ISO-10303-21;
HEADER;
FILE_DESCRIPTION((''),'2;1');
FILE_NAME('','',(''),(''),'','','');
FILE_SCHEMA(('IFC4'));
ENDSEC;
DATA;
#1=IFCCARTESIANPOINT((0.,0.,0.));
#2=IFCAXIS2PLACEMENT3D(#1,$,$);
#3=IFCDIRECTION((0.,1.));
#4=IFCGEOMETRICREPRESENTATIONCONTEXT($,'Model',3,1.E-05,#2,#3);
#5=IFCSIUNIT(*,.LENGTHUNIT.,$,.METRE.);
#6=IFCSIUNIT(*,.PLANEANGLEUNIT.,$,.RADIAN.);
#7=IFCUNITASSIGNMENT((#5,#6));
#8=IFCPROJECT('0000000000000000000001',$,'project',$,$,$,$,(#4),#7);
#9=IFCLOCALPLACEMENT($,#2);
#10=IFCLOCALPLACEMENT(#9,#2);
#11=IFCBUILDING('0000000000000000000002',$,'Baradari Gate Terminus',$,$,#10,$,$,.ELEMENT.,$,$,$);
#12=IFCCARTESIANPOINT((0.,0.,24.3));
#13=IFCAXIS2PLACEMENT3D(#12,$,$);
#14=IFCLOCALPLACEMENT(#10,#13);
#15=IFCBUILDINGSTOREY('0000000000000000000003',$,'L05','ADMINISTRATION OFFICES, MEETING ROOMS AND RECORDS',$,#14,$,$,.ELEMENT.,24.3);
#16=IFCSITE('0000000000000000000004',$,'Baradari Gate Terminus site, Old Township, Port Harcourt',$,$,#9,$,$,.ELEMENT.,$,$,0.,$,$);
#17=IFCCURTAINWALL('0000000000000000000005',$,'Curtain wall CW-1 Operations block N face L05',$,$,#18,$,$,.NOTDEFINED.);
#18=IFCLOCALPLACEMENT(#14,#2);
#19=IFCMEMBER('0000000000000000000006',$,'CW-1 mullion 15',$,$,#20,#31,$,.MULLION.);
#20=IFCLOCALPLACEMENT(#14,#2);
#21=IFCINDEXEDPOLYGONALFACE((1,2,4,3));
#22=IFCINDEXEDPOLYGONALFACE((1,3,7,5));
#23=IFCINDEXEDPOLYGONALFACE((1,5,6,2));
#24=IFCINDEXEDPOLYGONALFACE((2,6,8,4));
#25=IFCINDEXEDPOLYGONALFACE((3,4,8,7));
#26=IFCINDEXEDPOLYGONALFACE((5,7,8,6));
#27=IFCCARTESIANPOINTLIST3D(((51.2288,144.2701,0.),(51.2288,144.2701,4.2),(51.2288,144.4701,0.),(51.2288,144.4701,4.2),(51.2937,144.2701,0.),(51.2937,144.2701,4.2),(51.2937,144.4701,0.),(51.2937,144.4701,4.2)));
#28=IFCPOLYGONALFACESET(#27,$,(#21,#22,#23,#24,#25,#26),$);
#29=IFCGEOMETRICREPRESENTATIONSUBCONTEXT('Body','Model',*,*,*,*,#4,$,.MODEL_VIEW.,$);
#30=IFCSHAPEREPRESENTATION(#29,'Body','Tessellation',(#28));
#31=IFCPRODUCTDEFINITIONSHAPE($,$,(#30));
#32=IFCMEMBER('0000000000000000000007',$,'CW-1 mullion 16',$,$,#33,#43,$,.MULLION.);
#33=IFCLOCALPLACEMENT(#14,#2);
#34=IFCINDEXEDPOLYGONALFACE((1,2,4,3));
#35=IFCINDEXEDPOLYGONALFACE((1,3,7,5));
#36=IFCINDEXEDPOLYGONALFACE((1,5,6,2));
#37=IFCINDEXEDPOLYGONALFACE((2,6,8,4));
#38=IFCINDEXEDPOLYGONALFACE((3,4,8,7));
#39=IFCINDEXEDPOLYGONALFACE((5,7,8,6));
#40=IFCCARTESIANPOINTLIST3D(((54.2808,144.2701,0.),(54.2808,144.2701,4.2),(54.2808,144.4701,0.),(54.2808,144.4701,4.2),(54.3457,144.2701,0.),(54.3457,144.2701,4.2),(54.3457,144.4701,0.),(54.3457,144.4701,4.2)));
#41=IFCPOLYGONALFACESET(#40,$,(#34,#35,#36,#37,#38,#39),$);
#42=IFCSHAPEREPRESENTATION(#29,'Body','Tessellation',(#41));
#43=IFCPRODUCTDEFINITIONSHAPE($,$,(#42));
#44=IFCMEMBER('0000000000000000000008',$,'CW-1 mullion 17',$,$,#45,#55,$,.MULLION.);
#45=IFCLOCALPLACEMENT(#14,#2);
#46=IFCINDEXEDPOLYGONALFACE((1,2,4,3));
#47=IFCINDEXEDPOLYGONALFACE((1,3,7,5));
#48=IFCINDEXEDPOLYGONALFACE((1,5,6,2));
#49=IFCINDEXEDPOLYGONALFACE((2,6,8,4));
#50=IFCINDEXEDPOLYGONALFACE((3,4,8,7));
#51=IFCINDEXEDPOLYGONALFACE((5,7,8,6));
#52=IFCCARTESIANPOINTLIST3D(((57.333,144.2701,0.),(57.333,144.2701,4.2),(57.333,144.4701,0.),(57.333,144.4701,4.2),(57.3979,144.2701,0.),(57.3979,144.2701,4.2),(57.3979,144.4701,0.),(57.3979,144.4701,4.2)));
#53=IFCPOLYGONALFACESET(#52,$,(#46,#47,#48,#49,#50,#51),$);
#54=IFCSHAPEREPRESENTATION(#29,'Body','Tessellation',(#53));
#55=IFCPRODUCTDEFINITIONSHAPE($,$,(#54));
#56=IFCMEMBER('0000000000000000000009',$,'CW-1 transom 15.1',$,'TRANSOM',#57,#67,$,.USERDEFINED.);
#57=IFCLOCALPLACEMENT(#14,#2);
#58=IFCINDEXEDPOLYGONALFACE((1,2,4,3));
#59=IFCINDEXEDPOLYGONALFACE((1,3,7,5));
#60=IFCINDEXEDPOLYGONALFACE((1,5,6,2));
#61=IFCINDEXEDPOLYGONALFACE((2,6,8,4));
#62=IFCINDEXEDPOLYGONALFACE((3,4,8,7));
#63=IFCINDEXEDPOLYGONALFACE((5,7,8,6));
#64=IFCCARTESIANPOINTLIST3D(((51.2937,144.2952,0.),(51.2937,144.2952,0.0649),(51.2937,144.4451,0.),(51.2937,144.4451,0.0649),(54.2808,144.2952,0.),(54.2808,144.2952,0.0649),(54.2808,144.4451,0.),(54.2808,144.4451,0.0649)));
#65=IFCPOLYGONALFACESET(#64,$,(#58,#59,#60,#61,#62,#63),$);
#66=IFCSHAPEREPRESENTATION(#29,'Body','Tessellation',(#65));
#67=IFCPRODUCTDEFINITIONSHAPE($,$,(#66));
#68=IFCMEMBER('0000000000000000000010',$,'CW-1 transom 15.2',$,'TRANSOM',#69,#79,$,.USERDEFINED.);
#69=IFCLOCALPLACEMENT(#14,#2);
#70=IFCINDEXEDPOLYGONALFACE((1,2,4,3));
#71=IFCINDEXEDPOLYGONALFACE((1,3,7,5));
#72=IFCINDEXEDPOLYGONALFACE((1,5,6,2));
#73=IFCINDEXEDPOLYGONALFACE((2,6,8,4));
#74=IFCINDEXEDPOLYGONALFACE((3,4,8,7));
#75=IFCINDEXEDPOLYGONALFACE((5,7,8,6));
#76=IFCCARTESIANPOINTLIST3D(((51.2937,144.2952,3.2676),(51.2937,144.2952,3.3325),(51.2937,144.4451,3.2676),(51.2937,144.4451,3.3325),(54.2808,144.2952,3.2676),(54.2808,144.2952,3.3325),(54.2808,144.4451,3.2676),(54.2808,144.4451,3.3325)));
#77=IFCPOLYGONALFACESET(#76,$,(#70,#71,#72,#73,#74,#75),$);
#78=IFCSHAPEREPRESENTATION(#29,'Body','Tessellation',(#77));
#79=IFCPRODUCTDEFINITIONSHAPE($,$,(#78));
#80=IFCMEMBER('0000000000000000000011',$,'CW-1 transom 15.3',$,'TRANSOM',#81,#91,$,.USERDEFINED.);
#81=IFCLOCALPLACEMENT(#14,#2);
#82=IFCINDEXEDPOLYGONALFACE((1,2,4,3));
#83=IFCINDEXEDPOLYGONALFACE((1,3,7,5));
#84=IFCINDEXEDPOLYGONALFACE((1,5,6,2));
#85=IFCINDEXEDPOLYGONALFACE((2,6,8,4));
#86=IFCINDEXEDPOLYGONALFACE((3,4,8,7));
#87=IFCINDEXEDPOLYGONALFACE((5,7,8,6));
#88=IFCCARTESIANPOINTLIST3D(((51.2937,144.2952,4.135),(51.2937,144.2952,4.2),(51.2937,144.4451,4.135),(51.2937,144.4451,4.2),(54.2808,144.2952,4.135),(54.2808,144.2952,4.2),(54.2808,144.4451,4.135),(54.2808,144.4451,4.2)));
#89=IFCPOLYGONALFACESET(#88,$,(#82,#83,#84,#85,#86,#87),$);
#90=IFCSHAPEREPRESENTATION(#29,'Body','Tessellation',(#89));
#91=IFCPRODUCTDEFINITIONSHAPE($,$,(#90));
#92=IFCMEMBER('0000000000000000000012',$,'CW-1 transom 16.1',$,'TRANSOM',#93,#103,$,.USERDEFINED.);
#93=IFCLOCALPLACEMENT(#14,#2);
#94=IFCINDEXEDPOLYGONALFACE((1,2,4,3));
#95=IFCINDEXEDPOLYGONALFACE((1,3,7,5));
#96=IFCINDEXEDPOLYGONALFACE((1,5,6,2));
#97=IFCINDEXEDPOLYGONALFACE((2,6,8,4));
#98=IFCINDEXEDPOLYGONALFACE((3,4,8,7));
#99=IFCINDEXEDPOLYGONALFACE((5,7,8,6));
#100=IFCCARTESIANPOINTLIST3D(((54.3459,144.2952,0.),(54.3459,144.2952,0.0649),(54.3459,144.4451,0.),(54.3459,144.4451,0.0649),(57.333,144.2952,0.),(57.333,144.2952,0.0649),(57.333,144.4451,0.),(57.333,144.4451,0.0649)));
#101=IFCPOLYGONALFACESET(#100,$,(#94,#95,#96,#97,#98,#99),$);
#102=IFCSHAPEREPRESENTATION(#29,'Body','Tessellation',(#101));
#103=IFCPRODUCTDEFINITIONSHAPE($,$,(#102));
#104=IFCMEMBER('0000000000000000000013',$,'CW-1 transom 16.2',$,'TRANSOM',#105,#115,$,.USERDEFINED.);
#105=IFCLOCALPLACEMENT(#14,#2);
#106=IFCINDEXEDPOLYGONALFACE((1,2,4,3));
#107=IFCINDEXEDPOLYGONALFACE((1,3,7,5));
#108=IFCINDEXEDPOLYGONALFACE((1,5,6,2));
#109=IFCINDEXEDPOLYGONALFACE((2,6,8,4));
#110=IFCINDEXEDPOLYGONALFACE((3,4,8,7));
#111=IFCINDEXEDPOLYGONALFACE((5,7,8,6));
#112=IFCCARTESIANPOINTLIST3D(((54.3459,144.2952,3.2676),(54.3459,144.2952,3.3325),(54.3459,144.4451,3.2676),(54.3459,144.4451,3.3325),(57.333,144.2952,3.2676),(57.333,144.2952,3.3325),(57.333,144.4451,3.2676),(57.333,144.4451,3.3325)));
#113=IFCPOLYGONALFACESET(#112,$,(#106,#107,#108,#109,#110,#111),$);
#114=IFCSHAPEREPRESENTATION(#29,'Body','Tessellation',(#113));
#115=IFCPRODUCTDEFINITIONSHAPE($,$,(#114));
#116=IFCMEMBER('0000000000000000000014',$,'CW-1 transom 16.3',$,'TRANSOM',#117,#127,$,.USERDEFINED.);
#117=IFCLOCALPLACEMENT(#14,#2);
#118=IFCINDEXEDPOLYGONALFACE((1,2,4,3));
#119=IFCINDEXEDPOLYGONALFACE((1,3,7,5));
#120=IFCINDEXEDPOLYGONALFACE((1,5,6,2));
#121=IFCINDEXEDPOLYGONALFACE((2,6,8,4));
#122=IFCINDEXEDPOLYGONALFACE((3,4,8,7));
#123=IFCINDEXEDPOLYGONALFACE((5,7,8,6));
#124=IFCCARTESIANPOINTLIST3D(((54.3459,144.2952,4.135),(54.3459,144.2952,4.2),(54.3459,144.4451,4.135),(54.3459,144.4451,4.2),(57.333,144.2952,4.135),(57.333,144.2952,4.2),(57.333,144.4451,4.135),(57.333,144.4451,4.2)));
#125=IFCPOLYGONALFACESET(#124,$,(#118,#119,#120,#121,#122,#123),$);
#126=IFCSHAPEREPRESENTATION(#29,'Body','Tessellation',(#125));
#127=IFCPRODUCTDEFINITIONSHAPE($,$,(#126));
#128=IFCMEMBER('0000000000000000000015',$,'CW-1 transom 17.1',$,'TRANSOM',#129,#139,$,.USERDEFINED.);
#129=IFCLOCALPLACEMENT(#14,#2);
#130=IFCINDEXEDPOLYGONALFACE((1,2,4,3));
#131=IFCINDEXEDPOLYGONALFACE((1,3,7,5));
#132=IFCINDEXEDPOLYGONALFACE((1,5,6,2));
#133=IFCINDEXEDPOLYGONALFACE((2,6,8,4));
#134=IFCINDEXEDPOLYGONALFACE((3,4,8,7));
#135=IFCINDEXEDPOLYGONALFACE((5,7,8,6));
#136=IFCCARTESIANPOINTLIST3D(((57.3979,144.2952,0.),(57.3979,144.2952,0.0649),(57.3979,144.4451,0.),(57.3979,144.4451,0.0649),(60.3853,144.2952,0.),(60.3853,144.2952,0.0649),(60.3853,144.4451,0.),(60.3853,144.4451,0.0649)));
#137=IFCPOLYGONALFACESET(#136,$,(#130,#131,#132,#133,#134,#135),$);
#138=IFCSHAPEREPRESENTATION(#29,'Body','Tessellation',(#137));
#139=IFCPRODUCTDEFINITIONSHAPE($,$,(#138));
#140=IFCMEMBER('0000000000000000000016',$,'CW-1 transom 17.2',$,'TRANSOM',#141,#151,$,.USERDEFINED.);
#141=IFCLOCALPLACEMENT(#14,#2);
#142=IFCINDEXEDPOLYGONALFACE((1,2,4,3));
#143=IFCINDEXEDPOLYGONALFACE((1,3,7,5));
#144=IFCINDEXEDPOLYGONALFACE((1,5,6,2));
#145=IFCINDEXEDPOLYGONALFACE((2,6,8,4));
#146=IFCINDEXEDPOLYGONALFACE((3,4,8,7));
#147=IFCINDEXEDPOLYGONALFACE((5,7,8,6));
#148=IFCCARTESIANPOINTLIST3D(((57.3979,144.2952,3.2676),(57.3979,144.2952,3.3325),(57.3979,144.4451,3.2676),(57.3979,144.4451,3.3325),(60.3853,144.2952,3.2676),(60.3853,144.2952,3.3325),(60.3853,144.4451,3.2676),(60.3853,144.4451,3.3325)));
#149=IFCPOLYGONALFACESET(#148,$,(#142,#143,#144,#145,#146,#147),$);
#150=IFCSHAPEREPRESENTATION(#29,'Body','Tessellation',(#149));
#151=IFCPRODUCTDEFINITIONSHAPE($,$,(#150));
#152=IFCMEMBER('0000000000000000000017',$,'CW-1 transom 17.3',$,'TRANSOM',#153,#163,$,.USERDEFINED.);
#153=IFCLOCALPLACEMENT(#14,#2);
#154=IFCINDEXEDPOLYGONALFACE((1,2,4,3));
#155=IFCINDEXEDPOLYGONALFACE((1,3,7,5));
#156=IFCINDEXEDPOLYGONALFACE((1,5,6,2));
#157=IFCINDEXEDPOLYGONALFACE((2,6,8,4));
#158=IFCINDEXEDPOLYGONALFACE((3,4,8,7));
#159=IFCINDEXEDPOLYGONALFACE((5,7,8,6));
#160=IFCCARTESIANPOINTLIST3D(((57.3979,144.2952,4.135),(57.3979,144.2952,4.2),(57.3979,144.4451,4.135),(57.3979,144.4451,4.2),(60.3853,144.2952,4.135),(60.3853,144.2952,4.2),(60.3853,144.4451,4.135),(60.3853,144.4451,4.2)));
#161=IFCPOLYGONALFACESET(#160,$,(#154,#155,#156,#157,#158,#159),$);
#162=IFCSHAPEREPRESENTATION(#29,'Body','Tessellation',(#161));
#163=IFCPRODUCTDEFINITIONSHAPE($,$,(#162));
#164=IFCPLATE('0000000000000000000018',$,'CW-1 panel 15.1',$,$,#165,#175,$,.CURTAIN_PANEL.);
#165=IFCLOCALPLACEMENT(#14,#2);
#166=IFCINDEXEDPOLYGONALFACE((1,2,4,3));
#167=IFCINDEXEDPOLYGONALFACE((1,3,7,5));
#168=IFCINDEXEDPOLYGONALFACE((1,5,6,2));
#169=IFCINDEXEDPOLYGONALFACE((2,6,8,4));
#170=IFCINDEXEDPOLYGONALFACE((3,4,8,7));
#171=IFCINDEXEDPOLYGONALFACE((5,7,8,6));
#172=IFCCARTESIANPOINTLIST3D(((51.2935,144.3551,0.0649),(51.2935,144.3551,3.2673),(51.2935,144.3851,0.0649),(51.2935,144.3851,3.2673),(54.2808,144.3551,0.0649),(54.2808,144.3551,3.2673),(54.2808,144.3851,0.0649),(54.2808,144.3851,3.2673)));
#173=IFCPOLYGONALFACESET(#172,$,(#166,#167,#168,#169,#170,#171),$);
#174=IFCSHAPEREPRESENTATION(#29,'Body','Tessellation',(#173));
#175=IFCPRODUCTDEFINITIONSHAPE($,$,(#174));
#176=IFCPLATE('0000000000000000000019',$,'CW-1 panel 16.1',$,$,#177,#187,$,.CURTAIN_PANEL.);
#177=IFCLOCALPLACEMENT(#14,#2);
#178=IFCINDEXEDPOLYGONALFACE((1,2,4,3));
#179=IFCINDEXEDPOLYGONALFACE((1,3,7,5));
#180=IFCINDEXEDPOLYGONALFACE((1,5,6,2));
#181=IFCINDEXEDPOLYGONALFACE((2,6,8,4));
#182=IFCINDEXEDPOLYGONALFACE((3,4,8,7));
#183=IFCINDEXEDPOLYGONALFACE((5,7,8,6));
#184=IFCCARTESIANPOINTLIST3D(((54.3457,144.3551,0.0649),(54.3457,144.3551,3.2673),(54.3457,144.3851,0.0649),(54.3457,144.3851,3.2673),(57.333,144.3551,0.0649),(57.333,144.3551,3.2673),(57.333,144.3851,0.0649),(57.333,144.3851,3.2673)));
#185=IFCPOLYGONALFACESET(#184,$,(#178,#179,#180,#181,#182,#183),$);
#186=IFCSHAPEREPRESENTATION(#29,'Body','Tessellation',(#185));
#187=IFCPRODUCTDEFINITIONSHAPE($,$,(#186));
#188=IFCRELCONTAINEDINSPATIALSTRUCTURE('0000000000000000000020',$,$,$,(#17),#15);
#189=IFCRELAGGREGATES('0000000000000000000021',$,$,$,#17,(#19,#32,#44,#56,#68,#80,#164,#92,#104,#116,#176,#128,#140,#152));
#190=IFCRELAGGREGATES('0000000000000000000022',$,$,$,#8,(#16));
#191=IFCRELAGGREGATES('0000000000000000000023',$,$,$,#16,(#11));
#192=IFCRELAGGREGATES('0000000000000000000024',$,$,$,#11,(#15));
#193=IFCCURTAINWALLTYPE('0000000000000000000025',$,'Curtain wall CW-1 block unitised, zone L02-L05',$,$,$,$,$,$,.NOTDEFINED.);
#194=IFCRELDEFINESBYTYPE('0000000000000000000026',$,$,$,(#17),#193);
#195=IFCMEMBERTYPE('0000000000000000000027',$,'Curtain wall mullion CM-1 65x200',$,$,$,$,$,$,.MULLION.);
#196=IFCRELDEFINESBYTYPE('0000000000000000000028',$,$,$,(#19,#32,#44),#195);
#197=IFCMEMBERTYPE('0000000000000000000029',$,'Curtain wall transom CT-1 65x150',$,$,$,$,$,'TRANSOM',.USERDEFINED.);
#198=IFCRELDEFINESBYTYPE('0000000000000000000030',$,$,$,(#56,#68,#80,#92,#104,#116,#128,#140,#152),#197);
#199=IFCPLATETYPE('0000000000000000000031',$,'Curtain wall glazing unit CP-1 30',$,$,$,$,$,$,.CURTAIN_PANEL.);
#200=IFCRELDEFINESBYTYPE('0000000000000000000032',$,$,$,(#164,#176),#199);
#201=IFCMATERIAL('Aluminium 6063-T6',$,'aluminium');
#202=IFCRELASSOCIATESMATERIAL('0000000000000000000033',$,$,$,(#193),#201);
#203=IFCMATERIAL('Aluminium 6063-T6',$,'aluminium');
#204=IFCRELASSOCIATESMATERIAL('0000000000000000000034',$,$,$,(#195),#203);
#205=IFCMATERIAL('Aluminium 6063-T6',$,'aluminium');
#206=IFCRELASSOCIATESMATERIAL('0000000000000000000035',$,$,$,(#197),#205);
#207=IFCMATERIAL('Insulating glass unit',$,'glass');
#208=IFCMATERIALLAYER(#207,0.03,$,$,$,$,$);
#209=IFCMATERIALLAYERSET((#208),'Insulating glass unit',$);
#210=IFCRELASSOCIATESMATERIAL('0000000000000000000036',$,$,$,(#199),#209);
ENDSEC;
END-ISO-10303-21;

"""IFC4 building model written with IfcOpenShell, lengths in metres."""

from ifc_helpers import new_model, si_unit, direction, frame, origin, origin_2d, place, context, subcontext, project, spatial, rectangle, extrude, material, layer, layer_set, material_profile, profile_set, type_object, element, aggregate, save


model = new_model("IFC4")

# Units and contexts
model_context = context("Model", 3, precision=1e-05, world=origin(), true_north=direction((0.0, 1.0)))
body_context = subcontext(model_context, "Body", "Model", "MODEL_VIEW")
ifc_project = project(units=[si_unit("LENGTHUNIT", "METRE"), si_unit("PLANEANGLEUNIT", "RADIAN")], contexts=[model_context])

# Site, building, storey
site_placement = place(None, origin())
site = spatial("IfcSite", under=ifc_project, at=site_placement, Name="Baradari Gate Terminus site, Old Township, Port Harcourt", CompositionType="ELEMENT", RefElevation=0.0)
building_placement = place(site_placement, origin())
building = spatial("IfcBuilding", under=site, at=building_placement, Name="Baradari Gate Terminus", CompositionType="ELEMENT")
storey_placement = place(building_placement, frame((0.0, 0.0, 24.3)))
storey = spatial("IfcBuildingStorey", under=building, at=storey_placement, Name="L05", Description="ADMINISTRATION OFFICES, MEETING ROOMS AND RECORDS", CompositionType="ELEMENT", Elevation=24.3)

# Curtain wall, members, plates
ifc_material_1 = material(Name="Aluminium 6063-T6", Category="aluminium")
curtain_wall_type = type_object("IfcCurtainWallType", Name="Curtain wall CW-1 block unitised, zone L02-L05", PredefinedType="NOTDEFINED", material=ifc_material_1)
curtain_wall_placement = place(storey_placement, origin())
curtain_wall = element("IfcCurtainWall", 1, at=curtain_wall_placement, inside=storey, type_object=curtain_wall_type, Name="Curtain wall CW-1 Operations block N face L05", PredefinedType="NOTDEFINED")
ifc_material_2 = material(Name="Aluminium 6063-T6", Category="aluminium")
ifc_material_profile_1 = material_profile(ifc_material_2, rectangle(XDim=0.2, YDim=0.0649, at=origin_2d()), Name="CM-1 65X200")
ifc_profile_set_1 = profile_set([ifc_material_profile_1], Name="Aluminium 6063-T6")
member_type_1 = type_object("IfcMemberType", Name="Curtain wall mullion CM-1 65x200", PredefinedType="MULLION", material=ifc_profile_set_1)
member_1_placement = place(storey_placement, frame((51.2612, 144.3701, 0.0), z_axis=(0.0, 0.0, 1.0), x_axis=(0.0, 1.0, 0.0)))
member_1 = element("IfcMember", 2, at=member_1_placement, type_object=member_type_1, Name="CW-1 mullion 15", PredefinedType="MULLION", context=body_context, shape_type="SweptSolid", body=[
    extrude(rectangle(XDim=0.2, YDim=0.0649, at=origin_2d()), origin(), (0.0, 0.0, 1.0), 4.2),
])
member_2_placement = place(storey_placement, frame((54.3132, 144.3701, 0.0), z_axis=(0.0, 0.0, 1.0), x_axis=(0.0, 1.0, 0.0)))
member_2 = element("IfcMember", 3, at=member_2_placement, type_object=member_type_1, Name="CW-1 mullion 16", PredefinedType="MULLION", context=body_context, shape_type="SweptSolid", body=[
    extrude(rectangle(XDim=0.2, YDim=0.0649, at=origin_2d()), origin(), (0.0, 0.0, 1.0), 4.2),
])
member_3_placement = place(storey_placement, frame((57.3655, 144.3701, 0.0), z_axis=(0.0, 0.0, 1.0), x_axis=(0.0, 1.0, 0.0)))
member_3 = element("IfcMember", 4, at=member_3_placement, type_object=member_type_1, Name="CW-1 mullion 17", PredefinedType="MULLION", context=body_context, shape_type="SweptSolid", body=[
    extrude(rectangle(XDim=0.2, YDim=0.0649, at=origin_2d()), origin(), (0.0, 0.0, 1.0), 4.2),
])
ifc_material_3 = material(Name="Aluminium 6063-T6", Category="aluminium")
ifc_material_profile_2 = material_profile(ifc_material_3, rectangle(XDim=0.1499, YDim=0.0649, at=origin_2d()), Name="CT-1 65X150")
ifc_profile_set_2 = profile_set([ifc_material_profile_2], Name="Aluminium 6063-T6")
member_type_2 = type_object("IfcMemberType", Name="Curtain wall transom CT-1 65x150", ElementType="TRANSOM", PredefinedType="USERDEFINED", material=ifc_profile_set_2)
member_4_placement = place(storey_placement, frame((51.2937, 144.3701, 0.0325), z_axis=(1.0, 0.0, 0.0), x_axis=(0.0, 1.0, 0.0)))
member_4 = element("IfcMember", 5, at=member_4_placement, type_object=member_type_2, Name="CW-1 transom 15.1", ObjectType="TRANSOM", PredefinedType="USERDEFINED", context=body_context, shape_type="SweptSolid", body=[
    extrude(rectangle(XDim=0.1499, YDim=0.0649, at=origin_2d()), origin(), (0.0, 0.0, 1.0), 2.9871),
])
member_5_placement = place(storey_placement, frame((51.2937, 144.3701, 3.3), z_axis=(1.0, 0.0, 0.0), x_axis=(0.0, 1.0, 0.0)))
member_5 = element("IfcMember", 6, at=member_5_placement, type_object=member_type_2, Name="CW-1 transom 15.2", ObjectType="TRANSOM", PredefinedType="USERDEFINED", context=body_context, shape_type="SweptSolid", body=[
    extrude(rectangle(XDim=0.1499, YDim=0.0649, at=origin_2d()), origin(), (0.0, 0.0, 1.0), 2.9871),
])
member_6_placement = place(storey_placement, frame((51.2937, 144.3701, 4.1675), z_axis=(1.0, 0.0, 0.0), x_axis=(0.0, 1.0, 0.0)))
member_6 = element("IfcMember", 7, at=member_6_placement, type_object=member_type_2, Name="CW-1 transom 15.3", ObjectType="TRANSOM", PredefinedType="USERDEFINED", context=body_context, shape_type="SweptSolid", body=[
    extrude(rectangle(XDim=0.1499, YDim=0.0649, at=origin_2d()), origin(), (0.0, 0.0, 1.0), 2.9871),
])
member_7_placement = place(storey_placement, frame((54.3459, 144.3701, 0.0325), z_axis=(1.0, 0.0, 0.0), x_axis=(0.0, 1.0, 0.0)))
member_7 = element("IfcMember", 8, at=member_7_placement, type_object=member_type_2, Name="CW-1 transom 16.1", ObjectType="TRANSOM", PredefinedType="USERDEFINED", context=body_context, shape_type="SweptSolid", body=[
    extrude(rectangle(XDim=0.1499, YDim=0.0649, at=origin_2d()), origin(), (0.0, 0.0, 1.0), 2.9871),
])
member_8_placement = place(storey_placement, frame((54.3459, 144.3701, 3.3), z_axis=(1.0, 0.0, 0.0), x_axis=(0.0, 1.0, 0.0)))
member_8 = element("IfcMember", 9, at=member_8_placement, type_object=member_type_2, Name="CW-1 transom 16.2", ObjectType="TRANSOM", PredefinedType="USERDEFINED", context=body_context, shape_type="SweptSolid", body=[
    extrude(rectangle(XDim=0.1499, YDim=0.0649, at=origin_2d()), origin(), (0.0, 0.0, 1.0), 2.9871),
])
member_9_placement = place(storey_placement, frame((54.3459, 144.3701, 4.1675), z_axis=(1.0, 0.0, 0.0), x_axis=(0.0, 1.0, 0.0)))
member_9 = element("IfcMember", 10, at=member_9_placement, type_object=member_type_2, Name="CW-1 transom 16.3", ObjectType="TRANSOM", PredefinedType="USERDEFINED", context=body_context, shape_type="SweptSolid", body=[
    extrude(rectangle(XDim=0.1499, YDim=0.0649, at=origin_2d()), origin(), (0.0, 0.0, 1.0), 2.9871),
])
member_10_placement = place(storey_placement, frame((57.3979, 144.3701, 0.0325), z_axis=(1.0, 0.0, 0.0), x_axis=(0.0, 1.0, 0.0)))
member_10 = element("IfcMember", 11, at=member_10_placement, type_object=member_type_2, Name="CW-1 transom 17.1", ObjectType="TRANSOM", PredefinedType="USERDEFINED", context=body_context, shape_type="SweptSolid", body=[
    extrude(rectangle(XDim=0.1499, YDim=0.0649, at=origin_2d()), origin(), (0.0, 0.0, 1.0), 2.9873),
])
member_11_placement = place(storey_placement, frame((57.3979, 144.3701, 3.3), z_axis=(1.0, 0.0, 0.0), x_axis=(0.0, 1.0, 0.0)))
member_11 = element("IfcMember", 12, at=member_11_placement, type_object=member_type_2, Name="CW-1 transom 17.2", ObjectType="TRANSOM", PredefinedType="USERDEFINED", context=body_context, shape_type="SweptSolid", body=[
    extrude(rectangle(XDim=0.1499, YDim=0.0649, at=origin_2d()), origin(), (0.0, 0.0, 1.0), 2.9873),
])
member_12_placement = place(storey_placement, frame((57.3979, 144.3701, 4.1675), z_axis=(1.0, 0.0, 0.0), x_axis=(0.0, 1.0, 0.0)))
member_12 = element("IfcMember", 13, at=member_12_placement, type_object=member_type_2, Name="CW-1 transom 17.3", ObjectType="TRANSOM", PredefinedType="USERDEFINED", context=body_context, shape_type="SweptSolid", body=[
    extrude(rectangle(XDim=0.1499, YDim=0.0649, at=origin_2d()), origin(), (0.0, 0.0, 1.0), 2.9873),
])
ifc_material_4 = material(Name="Insulating glass unit", Category="glass")
ifc_layer_1 = layer(ifc_material_4, 0.03)
ifc_layer_set_1 = layer_set([ifc_layer_1], Name="Insulating glass unit")
plate_type_1 = type_object("IfcPlateType", Name="Curtain wall glazing unit CP-1 30", PredefinedType="CURTAIN_PANEL", material=ifc_layer_set_1)
plate_1_placement = place(storey_placement, frame((52.7871, 144.3701, 0.0649), z_axis=(0.0, 0.0, 1.0), x_axis=(1.0, 0.0, 0.0)))
plate_1 = element("IfcPlate", 14, at=plate_1_placement, type_object=plate_type_1, Name="CW-1 panel 15.1", PredefinedType="CURTAIN_PANEL", context=body_context, shape_type="SweptSolid", body=[
    extrude(rectangle(XDim=2.9873, YDim=0.03, at=origin_2d()), origin(), (0.0, 0.0, 1.0), 3.2024),
])
plate_2_placement = place(storey_placement, frame((55.8394, 144.3701, 0.0649), z_axis=(0.0, 0.0, 1.0), x_axis=(1.0, 0.0, 0.0)))
plate_2 = element("IfcPlate", 15, at=plate_2_placement, type_object=plate_type_1, Name="CW-1 panel 16.1", PredefinedType="CURTAIN_PANEL", context=body_context, shape_type="SweptSolid", body=[
    extrude(rectangle(XDim=2.9873, YDim=0.03, at=origin_2d()), origin(), (0.0, 0.0, 1.0), 3.2024),
])
aggregate(curtain_wall, [member_1, member_2, member_3, member_4, member_5, member_6, plate_1, member_7, member_8, member_9, plate_2, member_10, member_11, member_12])

save(model, "model.ifc")
